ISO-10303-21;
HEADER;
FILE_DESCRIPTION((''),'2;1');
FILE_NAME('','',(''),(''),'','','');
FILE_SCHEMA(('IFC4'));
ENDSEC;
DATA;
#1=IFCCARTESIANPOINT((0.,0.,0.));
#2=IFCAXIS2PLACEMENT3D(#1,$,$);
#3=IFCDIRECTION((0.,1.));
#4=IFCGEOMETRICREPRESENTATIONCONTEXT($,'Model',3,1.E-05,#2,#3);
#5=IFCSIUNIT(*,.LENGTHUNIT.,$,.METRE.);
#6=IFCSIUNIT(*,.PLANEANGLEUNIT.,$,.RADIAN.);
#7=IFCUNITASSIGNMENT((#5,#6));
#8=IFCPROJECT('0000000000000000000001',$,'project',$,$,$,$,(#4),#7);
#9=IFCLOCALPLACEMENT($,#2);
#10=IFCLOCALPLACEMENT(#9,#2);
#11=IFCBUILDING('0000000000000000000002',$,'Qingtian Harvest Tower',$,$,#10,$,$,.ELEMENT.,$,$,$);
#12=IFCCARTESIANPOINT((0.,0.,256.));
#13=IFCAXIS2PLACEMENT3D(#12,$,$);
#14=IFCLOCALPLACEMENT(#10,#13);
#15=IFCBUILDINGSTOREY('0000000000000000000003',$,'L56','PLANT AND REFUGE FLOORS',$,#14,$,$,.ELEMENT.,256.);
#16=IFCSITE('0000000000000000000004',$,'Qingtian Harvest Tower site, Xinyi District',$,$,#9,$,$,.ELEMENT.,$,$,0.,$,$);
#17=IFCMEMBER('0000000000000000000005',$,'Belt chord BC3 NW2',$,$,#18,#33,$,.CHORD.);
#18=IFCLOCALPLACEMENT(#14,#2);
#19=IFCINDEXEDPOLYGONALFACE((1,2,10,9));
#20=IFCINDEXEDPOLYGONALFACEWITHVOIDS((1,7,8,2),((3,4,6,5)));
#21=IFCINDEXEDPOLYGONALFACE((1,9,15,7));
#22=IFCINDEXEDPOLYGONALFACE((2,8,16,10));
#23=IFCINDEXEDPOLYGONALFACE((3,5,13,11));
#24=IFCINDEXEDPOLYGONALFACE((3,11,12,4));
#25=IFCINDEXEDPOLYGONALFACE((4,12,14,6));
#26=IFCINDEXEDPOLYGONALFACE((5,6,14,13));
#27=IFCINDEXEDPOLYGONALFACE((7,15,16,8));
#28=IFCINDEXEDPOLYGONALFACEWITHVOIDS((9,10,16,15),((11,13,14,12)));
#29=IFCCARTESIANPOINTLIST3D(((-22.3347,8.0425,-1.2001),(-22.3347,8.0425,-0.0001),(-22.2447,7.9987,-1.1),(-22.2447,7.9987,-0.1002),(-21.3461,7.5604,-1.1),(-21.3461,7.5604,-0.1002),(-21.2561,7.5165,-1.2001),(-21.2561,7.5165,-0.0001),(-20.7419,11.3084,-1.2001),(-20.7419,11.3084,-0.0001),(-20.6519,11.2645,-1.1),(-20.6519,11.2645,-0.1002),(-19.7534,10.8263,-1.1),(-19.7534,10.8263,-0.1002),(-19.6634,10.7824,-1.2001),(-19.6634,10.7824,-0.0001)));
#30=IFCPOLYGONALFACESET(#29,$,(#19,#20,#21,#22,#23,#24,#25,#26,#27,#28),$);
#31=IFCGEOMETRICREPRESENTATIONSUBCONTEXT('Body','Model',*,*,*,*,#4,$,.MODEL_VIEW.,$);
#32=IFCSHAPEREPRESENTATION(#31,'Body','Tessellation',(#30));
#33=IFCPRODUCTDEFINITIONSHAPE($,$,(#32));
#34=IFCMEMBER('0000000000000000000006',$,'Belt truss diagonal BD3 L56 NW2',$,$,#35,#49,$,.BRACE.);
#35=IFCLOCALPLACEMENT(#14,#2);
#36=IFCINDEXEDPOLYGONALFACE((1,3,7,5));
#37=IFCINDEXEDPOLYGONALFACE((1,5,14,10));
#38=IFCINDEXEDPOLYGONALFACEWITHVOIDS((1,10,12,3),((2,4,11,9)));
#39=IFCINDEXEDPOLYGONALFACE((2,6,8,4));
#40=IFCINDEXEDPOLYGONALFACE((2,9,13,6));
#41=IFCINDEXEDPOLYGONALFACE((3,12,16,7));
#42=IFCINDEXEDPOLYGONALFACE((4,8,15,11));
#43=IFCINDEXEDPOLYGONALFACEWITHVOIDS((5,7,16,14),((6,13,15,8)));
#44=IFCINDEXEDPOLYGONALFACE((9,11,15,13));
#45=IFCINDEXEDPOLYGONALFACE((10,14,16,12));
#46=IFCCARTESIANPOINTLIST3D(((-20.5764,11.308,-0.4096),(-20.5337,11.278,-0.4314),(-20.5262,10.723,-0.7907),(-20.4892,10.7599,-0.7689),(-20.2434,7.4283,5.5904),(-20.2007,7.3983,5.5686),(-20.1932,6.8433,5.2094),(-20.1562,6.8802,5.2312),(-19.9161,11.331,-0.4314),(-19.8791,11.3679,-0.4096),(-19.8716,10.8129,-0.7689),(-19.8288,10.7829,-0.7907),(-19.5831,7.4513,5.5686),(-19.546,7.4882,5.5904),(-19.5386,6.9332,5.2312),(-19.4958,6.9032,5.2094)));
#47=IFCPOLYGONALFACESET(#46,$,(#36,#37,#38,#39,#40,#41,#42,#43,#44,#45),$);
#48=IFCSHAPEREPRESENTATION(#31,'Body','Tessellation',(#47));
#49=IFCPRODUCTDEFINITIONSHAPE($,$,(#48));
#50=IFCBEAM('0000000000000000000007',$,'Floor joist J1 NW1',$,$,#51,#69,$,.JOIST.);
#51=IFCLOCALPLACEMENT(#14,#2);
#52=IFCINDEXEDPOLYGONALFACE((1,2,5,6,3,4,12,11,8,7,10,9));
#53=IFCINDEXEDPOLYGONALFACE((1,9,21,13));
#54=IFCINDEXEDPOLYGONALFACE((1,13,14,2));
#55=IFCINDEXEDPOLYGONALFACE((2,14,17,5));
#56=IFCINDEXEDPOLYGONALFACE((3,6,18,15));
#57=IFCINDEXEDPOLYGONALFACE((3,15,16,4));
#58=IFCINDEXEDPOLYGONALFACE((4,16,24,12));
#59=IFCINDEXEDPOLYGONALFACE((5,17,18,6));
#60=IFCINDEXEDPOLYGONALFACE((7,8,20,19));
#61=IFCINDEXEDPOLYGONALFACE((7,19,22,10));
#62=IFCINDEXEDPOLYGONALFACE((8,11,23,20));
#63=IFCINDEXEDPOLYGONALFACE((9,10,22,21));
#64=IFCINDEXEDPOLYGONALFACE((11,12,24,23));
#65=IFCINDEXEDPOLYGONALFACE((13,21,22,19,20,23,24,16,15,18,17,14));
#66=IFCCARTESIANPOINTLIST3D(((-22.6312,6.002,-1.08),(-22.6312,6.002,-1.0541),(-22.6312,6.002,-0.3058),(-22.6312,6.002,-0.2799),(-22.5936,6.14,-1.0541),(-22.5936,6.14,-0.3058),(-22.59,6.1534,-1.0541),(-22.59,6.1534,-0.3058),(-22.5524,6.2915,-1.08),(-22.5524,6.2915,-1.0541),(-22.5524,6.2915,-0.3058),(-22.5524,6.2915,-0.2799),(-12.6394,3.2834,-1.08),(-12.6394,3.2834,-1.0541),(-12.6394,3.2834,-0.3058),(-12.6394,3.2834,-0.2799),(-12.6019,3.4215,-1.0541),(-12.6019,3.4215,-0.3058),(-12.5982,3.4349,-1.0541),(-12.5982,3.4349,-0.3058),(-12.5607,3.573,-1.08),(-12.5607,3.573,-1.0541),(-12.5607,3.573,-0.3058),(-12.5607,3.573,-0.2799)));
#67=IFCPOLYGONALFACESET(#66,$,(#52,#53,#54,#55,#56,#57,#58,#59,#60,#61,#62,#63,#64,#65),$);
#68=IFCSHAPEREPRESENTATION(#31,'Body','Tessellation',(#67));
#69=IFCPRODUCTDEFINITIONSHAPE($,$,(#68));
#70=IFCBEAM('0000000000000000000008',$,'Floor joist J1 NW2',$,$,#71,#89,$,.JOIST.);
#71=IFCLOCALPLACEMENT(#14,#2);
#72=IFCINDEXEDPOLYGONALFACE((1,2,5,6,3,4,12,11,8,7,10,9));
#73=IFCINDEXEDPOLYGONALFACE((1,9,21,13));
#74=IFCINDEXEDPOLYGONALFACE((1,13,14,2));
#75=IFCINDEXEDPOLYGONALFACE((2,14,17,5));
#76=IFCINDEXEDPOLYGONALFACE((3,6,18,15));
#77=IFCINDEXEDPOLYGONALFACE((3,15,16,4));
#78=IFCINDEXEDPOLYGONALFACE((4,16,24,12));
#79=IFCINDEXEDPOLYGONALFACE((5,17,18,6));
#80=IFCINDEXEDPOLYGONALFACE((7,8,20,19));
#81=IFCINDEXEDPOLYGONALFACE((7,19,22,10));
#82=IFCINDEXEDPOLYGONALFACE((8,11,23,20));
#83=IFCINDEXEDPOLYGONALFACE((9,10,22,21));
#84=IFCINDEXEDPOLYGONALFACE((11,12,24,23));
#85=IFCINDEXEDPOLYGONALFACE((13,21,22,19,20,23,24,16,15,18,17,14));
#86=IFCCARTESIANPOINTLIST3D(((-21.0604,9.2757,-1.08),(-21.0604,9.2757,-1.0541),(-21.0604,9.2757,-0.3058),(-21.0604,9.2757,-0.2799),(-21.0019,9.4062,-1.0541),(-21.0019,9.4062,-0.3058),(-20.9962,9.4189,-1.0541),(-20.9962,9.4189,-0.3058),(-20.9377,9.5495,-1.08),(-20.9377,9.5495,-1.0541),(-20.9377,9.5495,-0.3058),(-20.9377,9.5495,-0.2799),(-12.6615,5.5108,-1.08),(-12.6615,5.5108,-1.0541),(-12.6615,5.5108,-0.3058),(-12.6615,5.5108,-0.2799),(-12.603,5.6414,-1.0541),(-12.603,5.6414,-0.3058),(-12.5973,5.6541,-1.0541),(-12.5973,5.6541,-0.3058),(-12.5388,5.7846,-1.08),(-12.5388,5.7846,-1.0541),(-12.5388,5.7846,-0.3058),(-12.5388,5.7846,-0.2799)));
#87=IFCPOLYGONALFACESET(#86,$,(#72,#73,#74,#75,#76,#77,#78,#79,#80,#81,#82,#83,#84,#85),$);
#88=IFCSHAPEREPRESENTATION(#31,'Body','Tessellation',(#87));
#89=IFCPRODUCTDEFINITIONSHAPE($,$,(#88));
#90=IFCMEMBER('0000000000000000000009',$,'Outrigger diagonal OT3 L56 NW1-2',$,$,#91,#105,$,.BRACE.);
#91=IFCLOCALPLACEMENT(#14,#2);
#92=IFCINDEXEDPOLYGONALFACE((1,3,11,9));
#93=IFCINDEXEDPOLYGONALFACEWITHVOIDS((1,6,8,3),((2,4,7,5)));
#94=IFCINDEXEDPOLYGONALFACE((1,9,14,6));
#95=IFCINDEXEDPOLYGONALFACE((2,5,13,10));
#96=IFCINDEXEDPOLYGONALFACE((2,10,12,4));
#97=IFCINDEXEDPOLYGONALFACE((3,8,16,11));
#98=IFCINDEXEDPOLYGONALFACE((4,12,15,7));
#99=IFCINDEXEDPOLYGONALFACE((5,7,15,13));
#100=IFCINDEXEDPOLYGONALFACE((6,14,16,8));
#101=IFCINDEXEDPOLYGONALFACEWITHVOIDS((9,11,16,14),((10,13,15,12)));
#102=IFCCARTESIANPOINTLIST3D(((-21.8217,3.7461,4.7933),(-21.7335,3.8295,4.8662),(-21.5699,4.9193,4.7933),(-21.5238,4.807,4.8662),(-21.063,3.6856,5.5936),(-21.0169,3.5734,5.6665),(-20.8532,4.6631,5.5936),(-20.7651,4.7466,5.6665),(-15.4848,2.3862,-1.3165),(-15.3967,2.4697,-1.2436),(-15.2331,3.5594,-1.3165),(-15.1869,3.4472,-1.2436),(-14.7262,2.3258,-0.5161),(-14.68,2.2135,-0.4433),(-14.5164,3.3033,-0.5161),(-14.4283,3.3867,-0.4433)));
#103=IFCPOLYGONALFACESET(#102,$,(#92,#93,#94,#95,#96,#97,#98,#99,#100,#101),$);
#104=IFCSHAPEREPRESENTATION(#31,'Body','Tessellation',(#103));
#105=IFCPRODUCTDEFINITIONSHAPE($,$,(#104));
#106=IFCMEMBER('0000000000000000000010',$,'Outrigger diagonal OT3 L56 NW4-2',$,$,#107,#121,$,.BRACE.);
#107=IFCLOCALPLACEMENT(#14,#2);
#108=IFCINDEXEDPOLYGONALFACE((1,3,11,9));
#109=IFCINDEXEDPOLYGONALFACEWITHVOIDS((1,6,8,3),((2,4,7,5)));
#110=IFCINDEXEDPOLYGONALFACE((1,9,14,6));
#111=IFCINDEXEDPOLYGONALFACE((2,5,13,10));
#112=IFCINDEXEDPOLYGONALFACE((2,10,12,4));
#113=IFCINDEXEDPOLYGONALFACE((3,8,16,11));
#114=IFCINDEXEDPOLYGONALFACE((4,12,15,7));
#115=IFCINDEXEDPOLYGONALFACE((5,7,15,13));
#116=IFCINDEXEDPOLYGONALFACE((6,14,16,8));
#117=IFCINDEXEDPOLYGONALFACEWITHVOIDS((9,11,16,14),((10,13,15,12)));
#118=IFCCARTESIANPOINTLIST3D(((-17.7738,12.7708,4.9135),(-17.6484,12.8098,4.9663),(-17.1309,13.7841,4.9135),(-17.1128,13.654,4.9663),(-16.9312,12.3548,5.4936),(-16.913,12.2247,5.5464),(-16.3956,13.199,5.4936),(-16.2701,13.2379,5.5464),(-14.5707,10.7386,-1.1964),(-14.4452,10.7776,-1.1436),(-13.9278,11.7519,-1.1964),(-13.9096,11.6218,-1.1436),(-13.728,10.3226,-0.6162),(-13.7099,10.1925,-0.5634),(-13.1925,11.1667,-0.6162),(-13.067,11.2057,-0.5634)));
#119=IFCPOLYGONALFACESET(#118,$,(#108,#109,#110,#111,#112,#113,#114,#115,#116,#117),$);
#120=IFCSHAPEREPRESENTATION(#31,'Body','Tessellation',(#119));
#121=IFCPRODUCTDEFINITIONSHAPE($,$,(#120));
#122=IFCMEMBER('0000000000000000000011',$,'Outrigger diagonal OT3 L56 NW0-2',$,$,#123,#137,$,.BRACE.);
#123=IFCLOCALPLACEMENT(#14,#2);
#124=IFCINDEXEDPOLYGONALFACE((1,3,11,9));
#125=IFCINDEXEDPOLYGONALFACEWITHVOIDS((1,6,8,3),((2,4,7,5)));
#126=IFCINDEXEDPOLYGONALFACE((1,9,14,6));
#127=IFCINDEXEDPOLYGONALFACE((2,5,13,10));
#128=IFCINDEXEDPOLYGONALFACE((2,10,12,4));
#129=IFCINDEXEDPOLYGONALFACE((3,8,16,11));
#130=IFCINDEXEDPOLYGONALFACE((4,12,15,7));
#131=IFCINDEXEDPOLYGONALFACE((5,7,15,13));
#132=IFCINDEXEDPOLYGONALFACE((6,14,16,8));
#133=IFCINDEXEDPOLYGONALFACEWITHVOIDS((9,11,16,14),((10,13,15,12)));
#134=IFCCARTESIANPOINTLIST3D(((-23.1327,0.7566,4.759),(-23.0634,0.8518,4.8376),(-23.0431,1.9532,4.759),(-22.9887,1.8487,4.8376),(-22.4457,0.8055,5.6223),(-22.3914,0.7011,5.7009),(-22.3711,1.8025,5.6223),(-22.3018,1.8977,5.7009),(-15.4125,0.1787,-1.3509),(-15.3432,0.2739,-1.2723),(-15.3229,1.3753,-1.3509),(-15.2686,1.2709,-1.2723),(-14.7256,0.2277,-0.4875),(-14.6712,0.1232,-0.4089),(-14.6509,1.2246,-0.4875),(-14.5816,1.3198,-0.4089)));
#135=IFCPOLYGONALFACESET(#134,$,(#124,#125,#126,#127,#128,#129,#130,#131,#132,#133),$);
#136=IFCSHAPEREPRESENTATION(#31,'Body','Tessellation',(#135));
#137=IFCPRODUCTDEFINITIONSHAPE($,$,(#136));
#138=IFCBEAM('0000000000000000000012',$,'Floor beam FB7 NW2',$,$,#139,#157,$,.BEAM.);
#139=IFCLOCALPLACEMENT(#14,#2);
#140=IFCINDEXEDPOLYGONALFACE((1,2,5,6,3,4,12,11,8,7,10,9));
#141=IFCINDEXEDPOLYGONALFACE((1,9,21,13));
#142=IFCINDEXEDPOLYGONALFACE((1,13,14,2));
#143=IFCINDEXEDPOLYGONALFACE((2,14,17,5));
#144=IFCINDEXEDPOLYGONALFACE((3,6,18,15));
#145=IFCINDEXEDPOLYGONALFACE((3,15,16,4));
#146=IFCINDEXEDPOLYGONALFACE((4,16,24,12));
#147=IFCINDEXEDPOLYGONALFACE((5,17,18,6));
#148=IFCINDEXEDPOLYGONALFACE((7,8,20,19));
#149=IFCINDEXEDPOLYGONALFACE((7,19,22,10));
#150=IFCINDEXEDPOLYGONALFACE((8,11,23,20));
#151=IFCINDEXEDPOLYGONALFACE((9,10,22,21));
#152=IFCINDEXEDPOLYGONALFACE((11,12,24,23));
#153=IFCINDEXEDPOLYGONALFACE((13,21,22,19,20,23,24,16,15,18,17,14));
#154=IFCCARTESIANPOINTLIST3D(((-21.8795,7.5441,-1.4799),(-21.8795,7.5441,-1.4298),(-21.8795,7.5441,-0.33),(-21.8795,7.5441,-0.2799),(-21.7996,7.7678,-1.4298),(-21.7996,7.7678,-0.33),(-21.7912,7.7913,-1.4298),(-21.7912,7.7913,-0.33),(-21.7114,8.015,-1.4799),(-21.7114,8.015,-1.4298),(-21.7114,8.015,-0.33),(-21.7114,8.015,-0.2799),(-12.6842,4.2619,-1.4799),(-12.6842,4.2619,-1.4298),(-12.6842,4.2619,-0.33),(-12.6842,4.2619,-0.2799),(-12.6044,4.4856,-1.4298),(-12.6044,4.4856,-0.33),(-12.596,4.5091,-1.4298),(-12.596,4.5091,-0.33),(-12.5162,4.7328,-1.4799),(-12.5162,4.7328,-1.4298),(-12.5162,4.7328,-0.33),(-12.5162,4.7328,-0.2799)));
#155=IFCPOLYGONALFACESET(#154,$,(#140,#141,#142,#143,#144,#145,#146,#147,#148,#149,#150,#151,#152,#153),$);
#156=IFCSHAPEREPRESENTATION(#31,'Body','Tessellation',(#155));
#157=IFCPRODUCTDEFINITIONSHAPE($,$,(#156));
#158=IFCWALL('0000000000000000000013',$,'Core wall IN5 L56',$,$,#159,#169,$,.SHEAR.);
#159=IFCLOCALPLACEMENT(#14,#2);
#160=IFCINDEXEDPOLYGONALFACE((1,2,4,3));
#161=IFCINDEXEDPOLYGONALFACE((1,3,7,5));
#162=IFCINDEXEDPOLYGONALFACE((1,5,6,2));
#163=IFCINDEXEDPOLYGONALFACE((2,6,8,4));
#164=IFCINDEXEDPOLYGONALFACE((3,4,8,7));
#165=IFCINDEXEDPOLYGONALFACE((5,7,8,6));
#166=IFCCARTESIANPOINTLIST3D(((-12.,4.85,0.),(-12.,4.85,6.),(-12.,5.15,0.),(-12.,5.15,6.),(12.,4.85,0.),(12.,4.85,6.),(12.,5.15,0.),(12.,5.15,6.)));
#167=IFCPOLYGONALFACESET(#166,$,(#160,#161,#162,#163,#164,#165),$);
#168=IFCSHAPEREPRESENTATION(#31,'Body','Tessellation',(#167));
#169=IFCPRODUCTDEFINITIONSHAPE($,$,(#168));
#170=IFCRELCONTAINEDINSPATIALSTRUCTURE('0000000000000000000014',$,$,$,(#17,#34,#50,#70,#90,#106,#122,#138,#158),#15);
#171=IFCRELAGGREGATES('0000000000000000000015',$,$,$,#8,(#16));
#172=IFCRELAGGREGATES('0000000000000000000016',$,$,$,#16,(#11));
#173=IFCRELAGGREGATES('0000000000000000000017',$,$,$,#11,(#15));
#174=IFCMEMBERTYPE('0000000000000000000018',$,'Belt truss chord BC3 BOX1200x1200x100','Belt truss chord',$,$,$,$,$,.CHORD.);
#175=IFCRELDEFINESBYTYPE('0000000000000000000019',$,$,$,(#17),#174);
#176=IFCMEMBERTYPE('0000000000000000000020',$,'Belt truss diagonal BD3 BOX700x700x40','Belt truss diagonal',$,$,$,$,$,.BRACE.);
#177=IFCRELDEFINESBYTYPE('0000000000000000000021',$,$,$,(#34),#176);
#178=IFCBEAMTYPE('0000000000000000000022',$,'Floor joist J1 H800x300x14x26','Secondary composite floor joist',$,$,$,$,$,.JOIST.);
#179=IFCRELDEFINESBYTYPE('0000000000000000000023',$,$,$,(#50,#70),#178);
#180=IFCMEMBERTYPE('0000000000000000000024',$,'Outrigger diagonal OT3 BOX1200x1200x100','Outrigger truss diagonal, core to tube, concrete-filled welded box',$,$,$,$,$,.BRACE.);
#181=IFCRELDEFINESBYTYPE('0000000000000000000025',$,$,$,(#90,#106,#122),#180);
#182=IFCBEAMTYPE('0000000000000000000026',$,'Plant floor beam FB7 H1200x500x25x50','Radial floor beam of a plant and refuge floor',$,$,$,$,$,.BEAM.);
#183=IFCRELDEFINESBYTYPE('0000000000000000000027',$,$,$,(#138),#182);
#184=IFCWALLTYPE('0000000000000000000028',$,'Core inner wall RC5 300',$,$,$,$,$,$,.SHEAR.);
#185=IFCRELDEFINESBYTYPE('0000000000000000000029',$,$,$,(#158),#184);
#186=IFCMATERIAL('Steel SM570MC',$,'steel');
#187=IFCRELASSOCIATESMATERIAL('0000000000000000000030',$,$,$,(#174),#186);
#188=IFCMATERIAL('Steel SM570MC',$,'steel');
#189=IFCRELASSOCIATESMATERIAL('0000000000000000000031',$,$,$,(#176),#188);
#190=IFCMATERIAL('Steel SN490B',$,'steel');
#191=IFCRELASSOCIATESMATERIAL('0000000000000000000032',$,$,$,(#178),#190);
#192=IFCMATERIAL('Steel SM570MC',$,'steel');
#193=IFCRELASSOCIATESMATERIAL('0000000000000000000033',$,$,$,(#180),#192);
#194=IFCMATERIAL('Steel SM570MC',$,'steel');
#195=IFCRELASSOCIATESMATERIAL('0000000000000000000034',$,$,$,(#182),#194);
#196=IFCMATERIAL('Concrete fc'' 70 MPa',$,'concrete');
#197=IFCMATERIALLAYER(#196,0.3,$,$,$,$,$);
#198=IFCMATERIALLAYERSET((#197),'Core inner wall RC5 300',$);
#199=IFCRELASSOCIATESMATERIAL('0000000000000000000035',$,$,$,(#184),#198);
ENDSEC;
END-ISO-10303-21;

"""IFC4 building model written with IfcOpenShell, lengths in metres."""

from ifc_helpers import new_model, si_unit, direction, frame, frame_2d, origin, origin_2d, place, context, subcontext, project, spatial, rectangle, hollow_rectangle, i_section, extrude, material, layer, layer_set, material_profile, profile_set, type_object, element, save


model = new_model("IFC4")

# Units and contexts
model_context = context("Model", 3, precision=1e-05, world=origin(), true_north=direction((0.0, 1.0)))
body_context = subcontext(model_context, "Body", "Model", "MODEL_VIEW")
ifc_project = project(units=[si_unit("LENGTHUNIT", "METRE"), si_unit("PLANEANGLEUNIT", "RADIAN")], contexts=[model_context])

# Site, building, storey
site_placement = place(None, origin())
site = spatial("IfcSite", under=ifc_project, at=site_placement, Name="Qingtian Harvest Tower site, Xinyi District", CompositionType="ELEMENT", RefElevation=0.0)
building_placement = place(site_placement, origin())
building = spatial("IfcBuilding", under=site, at=building_placement, Name="Qingtian Harvest Tower", CompositionType="ELEMENT")
storey_placement = place(building_placement, frame((0.0, 0.0, 256.0)))
storey = spatial("IfcBuildingStorey", under=building, at=storey_placement, Name="L56", Description="PLANT AND REFUGE FLOORS", CompositionType="ELEMENT", Elevation=256.0)

# Members
ifc_material_1 = material(Name="Steel SM570MC", Category="steel")
ifc_material_profile_1 = material_profile(ifc_material_1, hollow_rectangle(XDim=1.2, YDim=1.2, WallThickness=0.1001, at=origin_2d()), Name="BOX1200x1200x100")
ifc_profile_set_1 = profile_set([ifc_material_profile_1], Name="Steel SM570MC")
member_type_1 = type_object("IfcMemberType", Name="Belt truss chord BC3 BOX1200x1200x100", Description="Belt truss chord", PredefinedType="CHORD", material=ifc_profile_set_1)
member_1_placement = place(storey_placement, frame((-21.7954, 7.7795, -0.6001), z_axis=(0.438349, 0.898805, 0.0), x_axis=(-0.898805, 0.438349, 0.0)))
element("IfcMember", 1, at=member_1_placement, inside=storey, type_object=member_type_1, Name="Belt chord BC3 NW2", PredefinedType="CHORD", context=body_context, shape_type="SweptSolid", body=[
    extrude(hollow_rectangle(XDim=1.2, YDim=1.2, WallThickness=0.1001, at=origin_2d()), origin(), (0.0, 0.0, 1.0), 3.6335),
])
ifc_material_2 = material(Name="Steel SM570MC", Category="steel")
ifc_material_profile_2 = material_profile(ifc_material_2, hollow_rectangle(XDim=0.7, YDim=0.7, WallThickness=0.04, at=origin_2d()), Name="BOX700x700x40")
ifc_profile_set_2 = profile_set([ifc_material_profile_2], Name="Steel SM570MC")
member_type_2 = type_object("IfcMemberType", Name="Belt truss diagonal BD3 BOX700x700x40", Description="Belt truss diagonal", PredefinedType="BRACE", material=ifc_profile_set_2)
member_2_placement = place(storey_placement, frame((-19.8696, 7.1658, 5.3999), z_axis=(-0.046556, 0.542395, -0.838833), x_axis=(-0.996336, -0.08552, 0.0)))
element("IfcMember", 2, at=member_2_placement, inside=storey, type_object=member_type_2, Name="Belt truss diagonal BD3 L56 NW2", PredefinedType="BRACE", context=body_context, shape_type="SweptSolid", body=[
    extrude(hollow_rectangle(XDim=0.7, YDim=0.7, WallThickness=0.04, at=origin_2d()), origin(), (0.0, 0.0, 1.0), 7.1528),
])

# Beams
ifc_material_3 = material(Name="Steel SN490B", Category="steel")
ifc_material_profile_3 = material_profile(ifc_material_3, i_section(OverallWidth=0.3, OverallDepth=0.8, WebThickness=0.0139, FlangeThickness=0.0259, at=origin_2d()), Name="H800x300x14x26")
ifc_profile_set_3 = profile_set([ifc_material_profile_3], Name="Steel SN490B")
beam_type_1 = type_object("IfcBeamType", Name="Floor joist J1 H800x300x14x26", Description="Secondary composite floor joist", PredefinedType="JOIST", material=ifc_profile_set_3)
beam_1_placement = place(storey_placement, frame((-22.5918, 6.1467, -0.6799), z_axis=(0.964923, -0.262533, 0.0), x_axis=(0.262533, 0.964923, 0.0)))
element("IfcBeam", 3, at=beam_1_placement, inside=storey, type_object=beam_type_1, Name="Floor joist J1 NW1", PredefinedType="JOIST", context=body_context, shape_type="SweptSolid", body=[
    extrude(i_section(OverallWidth=0.3, OverallDepth=0.8, WebThickness=0.0139, FlangeThickness=0.0259, at=origin_2d()), origin(), (0.0, 0.0, 1.0), 10.355),
])
beam_2_placement = place(storey_placement, frame((-20.999, 9.4126, -0.6799), z_axis=(0.912515, -0.409043, 0.0), x_axis=(0.409043, 0.912515, 0.0)))
element("IfcBeam", 4, at=beam_2_placement, inside=storey, type_object=beam_type_1, Name="Floor joist J1 NW2", PredefinedType="JOIST", context=body_context, shape_type="SweptSolid", body=[
    extrude(i_section(OverallWidth=0.3, OverallDepth=0.8, WebThickness=0.0139, FlangeThickness=0.0259, at=origin_2d()), origin(), (0.0, 0.0, 1.0), 9.2041),
])

# Members
ifc_material_4 = material(Name="Steel SM570MC", Category="steel")
ifc_material_profile_4 = material_profile(ifc_material_4, hollow_rectangle(XDim=1.2, YDim=1.2, WallThickness=0.1001, at=origin_2d()), Name="BOX1200x1200x100")
ifc_profile_set_4 = profile_set([ifc_material_profile_4], Name="Steel SM570MC")
member_type_3 = type_object("IfcMemberType", Name="Outrigger diagonal OT3 BOX1200x1200x100", Description="Outrigger truss diagonal, core to tube, concrete-filled welded box", PredefinedType="BRACE", material=ifc_profile_set_4)
member_3_placement = place(storey_placement, frame((-14.9565, 2.8865, -0.8799), z_axis=(-0.711447, 0.152672, 0.685956), x_axis=(-0.209817, -0.977741, 0.0)))
element("IfcMember", 5, at=member_3_placement, inside=storey, type_object=member_type_3, Name="Outrigger diagonal OT3 L56 NW1-2", PredefinedType="BRACE", context=body_context, shape_type="SweptSolid", body=[
    extrude(hollow_rectangle(XDim=1.2, YDim=1.2, WallThickness=0.1001, at=origin_2d()), origin(), (0.0, 0.0, 1.0), 8.907),
])
member_4_placement = place(storey_placement, frame((-13.8188, 10.9722, -0.8799), z_axis=(-0.445393, 0.28258, 0.849573), x_axis=(-0.535726, -0.844392, 0.0)))
element("IfcMember", 6, at=member_4_placement, inside=storey, type_object=member_type_3, Name="Outrigger diagonal OT3 L56 NW4-2", PredefinedType="BRACE", context=body_context, shape_type="SweptSolid", body=[
    extrude(hollow_rectangle(XDim=1.2, YDim=1.2, WallThickness=0.1001, at=origin_2d()), origin(), (0.0, 0.0, 1.0), 7.1917),
])
member_5_placement = place(storey_placement, frame((-14.9971, 0.7493, -0.8799), z_axis=(-0.782796, 0.058595, 0.619513), x_axis=(-0.074644, -0.99721, 0.0)))
element("IfcMember", 7, at=member_5_placement, inside=storey, type_object=member_type_3, Name="Outrigger diagonal OT3 L56 NW0-2", PredefinedType="BRACE", context=body_context, shape_type="SweptSolid", body=[
    extrude(hollow_rectangle(XDim=1.2, YDim=1.2, WallThickness=0.1001, at=origin_2d()), origin(), (0.0, 0.0, 1.0), 9.8623),
])

# Beam
ifc_material_5 = material(Name="Steel SM570MC", Category="steel")
ifc_material_profile_5 = material_profile(ifc_material_5, i_section(OverallWidth=0.5, OverallDepth=1.2, WebThickness=0.0249, FlangeThickness=0.05, at=origin_2d()), Name="H1200x500x25x50")
ifc_profile_set_5 = profile_set([ifc_material_profile_5], Name="Steel SM570MC")
beam_type_2 = type_object("IfcBeamType", Name="Plant floor beam FB7 H1200x500x25x50", Description="Radial floor beam of a plant and refuge floor", PredefinedType="BEAM", material=ifc_profile_set_5)
beam_3_placement = place(storey_placement, frame((-21.7954, 7.7795, -0.8799), z_axis=(0.941801, -0.336172, 0.0), x_axis=(0.336172, 0.941801, 0.0)))
element("IfcBeam", 8, at=beam_3_placement, inside=storey, type_object=beam_type_2, Name="Floor beam FB7 NW2", PredefinedType="BEAM", context=body_context, shape_type="SweptSolid", body=[
    extrude(i_section(OverallWidth=0.5, OverallDepth=1.2, WebThickness=0.0249, FlangeThickness=0.05, at=origin_2d()), origin(), (0.0, 0.0, 1.0), 9.7634),
])

# Wall
ifc_material_6 = material(Name="Concrete fc' 70 MPa", Category="concrete")
ifc_layer_1 = layer(ifc_material_6, 0.3)
ifc_layer_set_1 = layer_set([ifc_layer_1], Name="Core inner wall RC5 300")
wall_type_1 = type_object("IfcWallType", Name="Core inner wall RC5 300", PredefinedType="SHEAR", material=ifc_layer_set_1)
wall_1_placement = place(storey_placement, frame((-12.0, 5.0, 0.0), z_axis=(0.0, 0.0, 1.0), x_axis=(1.0, 0.0, 0.0)))
element("IfcWall", 9, at=wall_1_placement, inside=storey, type_object=wall_type_1, Name="Core wall IN5 L56", PredefinedType="SHEAR", context=body_context, shape_type="SweptSolid", body=[
    extrude(rectangle(XDim=24.0, YDim=0.3, at=frame_2d((12.0, 0.0))), origin(), (0.0, 0.0, 1.0), 6.0),
])

save(model, "model.ifc")
